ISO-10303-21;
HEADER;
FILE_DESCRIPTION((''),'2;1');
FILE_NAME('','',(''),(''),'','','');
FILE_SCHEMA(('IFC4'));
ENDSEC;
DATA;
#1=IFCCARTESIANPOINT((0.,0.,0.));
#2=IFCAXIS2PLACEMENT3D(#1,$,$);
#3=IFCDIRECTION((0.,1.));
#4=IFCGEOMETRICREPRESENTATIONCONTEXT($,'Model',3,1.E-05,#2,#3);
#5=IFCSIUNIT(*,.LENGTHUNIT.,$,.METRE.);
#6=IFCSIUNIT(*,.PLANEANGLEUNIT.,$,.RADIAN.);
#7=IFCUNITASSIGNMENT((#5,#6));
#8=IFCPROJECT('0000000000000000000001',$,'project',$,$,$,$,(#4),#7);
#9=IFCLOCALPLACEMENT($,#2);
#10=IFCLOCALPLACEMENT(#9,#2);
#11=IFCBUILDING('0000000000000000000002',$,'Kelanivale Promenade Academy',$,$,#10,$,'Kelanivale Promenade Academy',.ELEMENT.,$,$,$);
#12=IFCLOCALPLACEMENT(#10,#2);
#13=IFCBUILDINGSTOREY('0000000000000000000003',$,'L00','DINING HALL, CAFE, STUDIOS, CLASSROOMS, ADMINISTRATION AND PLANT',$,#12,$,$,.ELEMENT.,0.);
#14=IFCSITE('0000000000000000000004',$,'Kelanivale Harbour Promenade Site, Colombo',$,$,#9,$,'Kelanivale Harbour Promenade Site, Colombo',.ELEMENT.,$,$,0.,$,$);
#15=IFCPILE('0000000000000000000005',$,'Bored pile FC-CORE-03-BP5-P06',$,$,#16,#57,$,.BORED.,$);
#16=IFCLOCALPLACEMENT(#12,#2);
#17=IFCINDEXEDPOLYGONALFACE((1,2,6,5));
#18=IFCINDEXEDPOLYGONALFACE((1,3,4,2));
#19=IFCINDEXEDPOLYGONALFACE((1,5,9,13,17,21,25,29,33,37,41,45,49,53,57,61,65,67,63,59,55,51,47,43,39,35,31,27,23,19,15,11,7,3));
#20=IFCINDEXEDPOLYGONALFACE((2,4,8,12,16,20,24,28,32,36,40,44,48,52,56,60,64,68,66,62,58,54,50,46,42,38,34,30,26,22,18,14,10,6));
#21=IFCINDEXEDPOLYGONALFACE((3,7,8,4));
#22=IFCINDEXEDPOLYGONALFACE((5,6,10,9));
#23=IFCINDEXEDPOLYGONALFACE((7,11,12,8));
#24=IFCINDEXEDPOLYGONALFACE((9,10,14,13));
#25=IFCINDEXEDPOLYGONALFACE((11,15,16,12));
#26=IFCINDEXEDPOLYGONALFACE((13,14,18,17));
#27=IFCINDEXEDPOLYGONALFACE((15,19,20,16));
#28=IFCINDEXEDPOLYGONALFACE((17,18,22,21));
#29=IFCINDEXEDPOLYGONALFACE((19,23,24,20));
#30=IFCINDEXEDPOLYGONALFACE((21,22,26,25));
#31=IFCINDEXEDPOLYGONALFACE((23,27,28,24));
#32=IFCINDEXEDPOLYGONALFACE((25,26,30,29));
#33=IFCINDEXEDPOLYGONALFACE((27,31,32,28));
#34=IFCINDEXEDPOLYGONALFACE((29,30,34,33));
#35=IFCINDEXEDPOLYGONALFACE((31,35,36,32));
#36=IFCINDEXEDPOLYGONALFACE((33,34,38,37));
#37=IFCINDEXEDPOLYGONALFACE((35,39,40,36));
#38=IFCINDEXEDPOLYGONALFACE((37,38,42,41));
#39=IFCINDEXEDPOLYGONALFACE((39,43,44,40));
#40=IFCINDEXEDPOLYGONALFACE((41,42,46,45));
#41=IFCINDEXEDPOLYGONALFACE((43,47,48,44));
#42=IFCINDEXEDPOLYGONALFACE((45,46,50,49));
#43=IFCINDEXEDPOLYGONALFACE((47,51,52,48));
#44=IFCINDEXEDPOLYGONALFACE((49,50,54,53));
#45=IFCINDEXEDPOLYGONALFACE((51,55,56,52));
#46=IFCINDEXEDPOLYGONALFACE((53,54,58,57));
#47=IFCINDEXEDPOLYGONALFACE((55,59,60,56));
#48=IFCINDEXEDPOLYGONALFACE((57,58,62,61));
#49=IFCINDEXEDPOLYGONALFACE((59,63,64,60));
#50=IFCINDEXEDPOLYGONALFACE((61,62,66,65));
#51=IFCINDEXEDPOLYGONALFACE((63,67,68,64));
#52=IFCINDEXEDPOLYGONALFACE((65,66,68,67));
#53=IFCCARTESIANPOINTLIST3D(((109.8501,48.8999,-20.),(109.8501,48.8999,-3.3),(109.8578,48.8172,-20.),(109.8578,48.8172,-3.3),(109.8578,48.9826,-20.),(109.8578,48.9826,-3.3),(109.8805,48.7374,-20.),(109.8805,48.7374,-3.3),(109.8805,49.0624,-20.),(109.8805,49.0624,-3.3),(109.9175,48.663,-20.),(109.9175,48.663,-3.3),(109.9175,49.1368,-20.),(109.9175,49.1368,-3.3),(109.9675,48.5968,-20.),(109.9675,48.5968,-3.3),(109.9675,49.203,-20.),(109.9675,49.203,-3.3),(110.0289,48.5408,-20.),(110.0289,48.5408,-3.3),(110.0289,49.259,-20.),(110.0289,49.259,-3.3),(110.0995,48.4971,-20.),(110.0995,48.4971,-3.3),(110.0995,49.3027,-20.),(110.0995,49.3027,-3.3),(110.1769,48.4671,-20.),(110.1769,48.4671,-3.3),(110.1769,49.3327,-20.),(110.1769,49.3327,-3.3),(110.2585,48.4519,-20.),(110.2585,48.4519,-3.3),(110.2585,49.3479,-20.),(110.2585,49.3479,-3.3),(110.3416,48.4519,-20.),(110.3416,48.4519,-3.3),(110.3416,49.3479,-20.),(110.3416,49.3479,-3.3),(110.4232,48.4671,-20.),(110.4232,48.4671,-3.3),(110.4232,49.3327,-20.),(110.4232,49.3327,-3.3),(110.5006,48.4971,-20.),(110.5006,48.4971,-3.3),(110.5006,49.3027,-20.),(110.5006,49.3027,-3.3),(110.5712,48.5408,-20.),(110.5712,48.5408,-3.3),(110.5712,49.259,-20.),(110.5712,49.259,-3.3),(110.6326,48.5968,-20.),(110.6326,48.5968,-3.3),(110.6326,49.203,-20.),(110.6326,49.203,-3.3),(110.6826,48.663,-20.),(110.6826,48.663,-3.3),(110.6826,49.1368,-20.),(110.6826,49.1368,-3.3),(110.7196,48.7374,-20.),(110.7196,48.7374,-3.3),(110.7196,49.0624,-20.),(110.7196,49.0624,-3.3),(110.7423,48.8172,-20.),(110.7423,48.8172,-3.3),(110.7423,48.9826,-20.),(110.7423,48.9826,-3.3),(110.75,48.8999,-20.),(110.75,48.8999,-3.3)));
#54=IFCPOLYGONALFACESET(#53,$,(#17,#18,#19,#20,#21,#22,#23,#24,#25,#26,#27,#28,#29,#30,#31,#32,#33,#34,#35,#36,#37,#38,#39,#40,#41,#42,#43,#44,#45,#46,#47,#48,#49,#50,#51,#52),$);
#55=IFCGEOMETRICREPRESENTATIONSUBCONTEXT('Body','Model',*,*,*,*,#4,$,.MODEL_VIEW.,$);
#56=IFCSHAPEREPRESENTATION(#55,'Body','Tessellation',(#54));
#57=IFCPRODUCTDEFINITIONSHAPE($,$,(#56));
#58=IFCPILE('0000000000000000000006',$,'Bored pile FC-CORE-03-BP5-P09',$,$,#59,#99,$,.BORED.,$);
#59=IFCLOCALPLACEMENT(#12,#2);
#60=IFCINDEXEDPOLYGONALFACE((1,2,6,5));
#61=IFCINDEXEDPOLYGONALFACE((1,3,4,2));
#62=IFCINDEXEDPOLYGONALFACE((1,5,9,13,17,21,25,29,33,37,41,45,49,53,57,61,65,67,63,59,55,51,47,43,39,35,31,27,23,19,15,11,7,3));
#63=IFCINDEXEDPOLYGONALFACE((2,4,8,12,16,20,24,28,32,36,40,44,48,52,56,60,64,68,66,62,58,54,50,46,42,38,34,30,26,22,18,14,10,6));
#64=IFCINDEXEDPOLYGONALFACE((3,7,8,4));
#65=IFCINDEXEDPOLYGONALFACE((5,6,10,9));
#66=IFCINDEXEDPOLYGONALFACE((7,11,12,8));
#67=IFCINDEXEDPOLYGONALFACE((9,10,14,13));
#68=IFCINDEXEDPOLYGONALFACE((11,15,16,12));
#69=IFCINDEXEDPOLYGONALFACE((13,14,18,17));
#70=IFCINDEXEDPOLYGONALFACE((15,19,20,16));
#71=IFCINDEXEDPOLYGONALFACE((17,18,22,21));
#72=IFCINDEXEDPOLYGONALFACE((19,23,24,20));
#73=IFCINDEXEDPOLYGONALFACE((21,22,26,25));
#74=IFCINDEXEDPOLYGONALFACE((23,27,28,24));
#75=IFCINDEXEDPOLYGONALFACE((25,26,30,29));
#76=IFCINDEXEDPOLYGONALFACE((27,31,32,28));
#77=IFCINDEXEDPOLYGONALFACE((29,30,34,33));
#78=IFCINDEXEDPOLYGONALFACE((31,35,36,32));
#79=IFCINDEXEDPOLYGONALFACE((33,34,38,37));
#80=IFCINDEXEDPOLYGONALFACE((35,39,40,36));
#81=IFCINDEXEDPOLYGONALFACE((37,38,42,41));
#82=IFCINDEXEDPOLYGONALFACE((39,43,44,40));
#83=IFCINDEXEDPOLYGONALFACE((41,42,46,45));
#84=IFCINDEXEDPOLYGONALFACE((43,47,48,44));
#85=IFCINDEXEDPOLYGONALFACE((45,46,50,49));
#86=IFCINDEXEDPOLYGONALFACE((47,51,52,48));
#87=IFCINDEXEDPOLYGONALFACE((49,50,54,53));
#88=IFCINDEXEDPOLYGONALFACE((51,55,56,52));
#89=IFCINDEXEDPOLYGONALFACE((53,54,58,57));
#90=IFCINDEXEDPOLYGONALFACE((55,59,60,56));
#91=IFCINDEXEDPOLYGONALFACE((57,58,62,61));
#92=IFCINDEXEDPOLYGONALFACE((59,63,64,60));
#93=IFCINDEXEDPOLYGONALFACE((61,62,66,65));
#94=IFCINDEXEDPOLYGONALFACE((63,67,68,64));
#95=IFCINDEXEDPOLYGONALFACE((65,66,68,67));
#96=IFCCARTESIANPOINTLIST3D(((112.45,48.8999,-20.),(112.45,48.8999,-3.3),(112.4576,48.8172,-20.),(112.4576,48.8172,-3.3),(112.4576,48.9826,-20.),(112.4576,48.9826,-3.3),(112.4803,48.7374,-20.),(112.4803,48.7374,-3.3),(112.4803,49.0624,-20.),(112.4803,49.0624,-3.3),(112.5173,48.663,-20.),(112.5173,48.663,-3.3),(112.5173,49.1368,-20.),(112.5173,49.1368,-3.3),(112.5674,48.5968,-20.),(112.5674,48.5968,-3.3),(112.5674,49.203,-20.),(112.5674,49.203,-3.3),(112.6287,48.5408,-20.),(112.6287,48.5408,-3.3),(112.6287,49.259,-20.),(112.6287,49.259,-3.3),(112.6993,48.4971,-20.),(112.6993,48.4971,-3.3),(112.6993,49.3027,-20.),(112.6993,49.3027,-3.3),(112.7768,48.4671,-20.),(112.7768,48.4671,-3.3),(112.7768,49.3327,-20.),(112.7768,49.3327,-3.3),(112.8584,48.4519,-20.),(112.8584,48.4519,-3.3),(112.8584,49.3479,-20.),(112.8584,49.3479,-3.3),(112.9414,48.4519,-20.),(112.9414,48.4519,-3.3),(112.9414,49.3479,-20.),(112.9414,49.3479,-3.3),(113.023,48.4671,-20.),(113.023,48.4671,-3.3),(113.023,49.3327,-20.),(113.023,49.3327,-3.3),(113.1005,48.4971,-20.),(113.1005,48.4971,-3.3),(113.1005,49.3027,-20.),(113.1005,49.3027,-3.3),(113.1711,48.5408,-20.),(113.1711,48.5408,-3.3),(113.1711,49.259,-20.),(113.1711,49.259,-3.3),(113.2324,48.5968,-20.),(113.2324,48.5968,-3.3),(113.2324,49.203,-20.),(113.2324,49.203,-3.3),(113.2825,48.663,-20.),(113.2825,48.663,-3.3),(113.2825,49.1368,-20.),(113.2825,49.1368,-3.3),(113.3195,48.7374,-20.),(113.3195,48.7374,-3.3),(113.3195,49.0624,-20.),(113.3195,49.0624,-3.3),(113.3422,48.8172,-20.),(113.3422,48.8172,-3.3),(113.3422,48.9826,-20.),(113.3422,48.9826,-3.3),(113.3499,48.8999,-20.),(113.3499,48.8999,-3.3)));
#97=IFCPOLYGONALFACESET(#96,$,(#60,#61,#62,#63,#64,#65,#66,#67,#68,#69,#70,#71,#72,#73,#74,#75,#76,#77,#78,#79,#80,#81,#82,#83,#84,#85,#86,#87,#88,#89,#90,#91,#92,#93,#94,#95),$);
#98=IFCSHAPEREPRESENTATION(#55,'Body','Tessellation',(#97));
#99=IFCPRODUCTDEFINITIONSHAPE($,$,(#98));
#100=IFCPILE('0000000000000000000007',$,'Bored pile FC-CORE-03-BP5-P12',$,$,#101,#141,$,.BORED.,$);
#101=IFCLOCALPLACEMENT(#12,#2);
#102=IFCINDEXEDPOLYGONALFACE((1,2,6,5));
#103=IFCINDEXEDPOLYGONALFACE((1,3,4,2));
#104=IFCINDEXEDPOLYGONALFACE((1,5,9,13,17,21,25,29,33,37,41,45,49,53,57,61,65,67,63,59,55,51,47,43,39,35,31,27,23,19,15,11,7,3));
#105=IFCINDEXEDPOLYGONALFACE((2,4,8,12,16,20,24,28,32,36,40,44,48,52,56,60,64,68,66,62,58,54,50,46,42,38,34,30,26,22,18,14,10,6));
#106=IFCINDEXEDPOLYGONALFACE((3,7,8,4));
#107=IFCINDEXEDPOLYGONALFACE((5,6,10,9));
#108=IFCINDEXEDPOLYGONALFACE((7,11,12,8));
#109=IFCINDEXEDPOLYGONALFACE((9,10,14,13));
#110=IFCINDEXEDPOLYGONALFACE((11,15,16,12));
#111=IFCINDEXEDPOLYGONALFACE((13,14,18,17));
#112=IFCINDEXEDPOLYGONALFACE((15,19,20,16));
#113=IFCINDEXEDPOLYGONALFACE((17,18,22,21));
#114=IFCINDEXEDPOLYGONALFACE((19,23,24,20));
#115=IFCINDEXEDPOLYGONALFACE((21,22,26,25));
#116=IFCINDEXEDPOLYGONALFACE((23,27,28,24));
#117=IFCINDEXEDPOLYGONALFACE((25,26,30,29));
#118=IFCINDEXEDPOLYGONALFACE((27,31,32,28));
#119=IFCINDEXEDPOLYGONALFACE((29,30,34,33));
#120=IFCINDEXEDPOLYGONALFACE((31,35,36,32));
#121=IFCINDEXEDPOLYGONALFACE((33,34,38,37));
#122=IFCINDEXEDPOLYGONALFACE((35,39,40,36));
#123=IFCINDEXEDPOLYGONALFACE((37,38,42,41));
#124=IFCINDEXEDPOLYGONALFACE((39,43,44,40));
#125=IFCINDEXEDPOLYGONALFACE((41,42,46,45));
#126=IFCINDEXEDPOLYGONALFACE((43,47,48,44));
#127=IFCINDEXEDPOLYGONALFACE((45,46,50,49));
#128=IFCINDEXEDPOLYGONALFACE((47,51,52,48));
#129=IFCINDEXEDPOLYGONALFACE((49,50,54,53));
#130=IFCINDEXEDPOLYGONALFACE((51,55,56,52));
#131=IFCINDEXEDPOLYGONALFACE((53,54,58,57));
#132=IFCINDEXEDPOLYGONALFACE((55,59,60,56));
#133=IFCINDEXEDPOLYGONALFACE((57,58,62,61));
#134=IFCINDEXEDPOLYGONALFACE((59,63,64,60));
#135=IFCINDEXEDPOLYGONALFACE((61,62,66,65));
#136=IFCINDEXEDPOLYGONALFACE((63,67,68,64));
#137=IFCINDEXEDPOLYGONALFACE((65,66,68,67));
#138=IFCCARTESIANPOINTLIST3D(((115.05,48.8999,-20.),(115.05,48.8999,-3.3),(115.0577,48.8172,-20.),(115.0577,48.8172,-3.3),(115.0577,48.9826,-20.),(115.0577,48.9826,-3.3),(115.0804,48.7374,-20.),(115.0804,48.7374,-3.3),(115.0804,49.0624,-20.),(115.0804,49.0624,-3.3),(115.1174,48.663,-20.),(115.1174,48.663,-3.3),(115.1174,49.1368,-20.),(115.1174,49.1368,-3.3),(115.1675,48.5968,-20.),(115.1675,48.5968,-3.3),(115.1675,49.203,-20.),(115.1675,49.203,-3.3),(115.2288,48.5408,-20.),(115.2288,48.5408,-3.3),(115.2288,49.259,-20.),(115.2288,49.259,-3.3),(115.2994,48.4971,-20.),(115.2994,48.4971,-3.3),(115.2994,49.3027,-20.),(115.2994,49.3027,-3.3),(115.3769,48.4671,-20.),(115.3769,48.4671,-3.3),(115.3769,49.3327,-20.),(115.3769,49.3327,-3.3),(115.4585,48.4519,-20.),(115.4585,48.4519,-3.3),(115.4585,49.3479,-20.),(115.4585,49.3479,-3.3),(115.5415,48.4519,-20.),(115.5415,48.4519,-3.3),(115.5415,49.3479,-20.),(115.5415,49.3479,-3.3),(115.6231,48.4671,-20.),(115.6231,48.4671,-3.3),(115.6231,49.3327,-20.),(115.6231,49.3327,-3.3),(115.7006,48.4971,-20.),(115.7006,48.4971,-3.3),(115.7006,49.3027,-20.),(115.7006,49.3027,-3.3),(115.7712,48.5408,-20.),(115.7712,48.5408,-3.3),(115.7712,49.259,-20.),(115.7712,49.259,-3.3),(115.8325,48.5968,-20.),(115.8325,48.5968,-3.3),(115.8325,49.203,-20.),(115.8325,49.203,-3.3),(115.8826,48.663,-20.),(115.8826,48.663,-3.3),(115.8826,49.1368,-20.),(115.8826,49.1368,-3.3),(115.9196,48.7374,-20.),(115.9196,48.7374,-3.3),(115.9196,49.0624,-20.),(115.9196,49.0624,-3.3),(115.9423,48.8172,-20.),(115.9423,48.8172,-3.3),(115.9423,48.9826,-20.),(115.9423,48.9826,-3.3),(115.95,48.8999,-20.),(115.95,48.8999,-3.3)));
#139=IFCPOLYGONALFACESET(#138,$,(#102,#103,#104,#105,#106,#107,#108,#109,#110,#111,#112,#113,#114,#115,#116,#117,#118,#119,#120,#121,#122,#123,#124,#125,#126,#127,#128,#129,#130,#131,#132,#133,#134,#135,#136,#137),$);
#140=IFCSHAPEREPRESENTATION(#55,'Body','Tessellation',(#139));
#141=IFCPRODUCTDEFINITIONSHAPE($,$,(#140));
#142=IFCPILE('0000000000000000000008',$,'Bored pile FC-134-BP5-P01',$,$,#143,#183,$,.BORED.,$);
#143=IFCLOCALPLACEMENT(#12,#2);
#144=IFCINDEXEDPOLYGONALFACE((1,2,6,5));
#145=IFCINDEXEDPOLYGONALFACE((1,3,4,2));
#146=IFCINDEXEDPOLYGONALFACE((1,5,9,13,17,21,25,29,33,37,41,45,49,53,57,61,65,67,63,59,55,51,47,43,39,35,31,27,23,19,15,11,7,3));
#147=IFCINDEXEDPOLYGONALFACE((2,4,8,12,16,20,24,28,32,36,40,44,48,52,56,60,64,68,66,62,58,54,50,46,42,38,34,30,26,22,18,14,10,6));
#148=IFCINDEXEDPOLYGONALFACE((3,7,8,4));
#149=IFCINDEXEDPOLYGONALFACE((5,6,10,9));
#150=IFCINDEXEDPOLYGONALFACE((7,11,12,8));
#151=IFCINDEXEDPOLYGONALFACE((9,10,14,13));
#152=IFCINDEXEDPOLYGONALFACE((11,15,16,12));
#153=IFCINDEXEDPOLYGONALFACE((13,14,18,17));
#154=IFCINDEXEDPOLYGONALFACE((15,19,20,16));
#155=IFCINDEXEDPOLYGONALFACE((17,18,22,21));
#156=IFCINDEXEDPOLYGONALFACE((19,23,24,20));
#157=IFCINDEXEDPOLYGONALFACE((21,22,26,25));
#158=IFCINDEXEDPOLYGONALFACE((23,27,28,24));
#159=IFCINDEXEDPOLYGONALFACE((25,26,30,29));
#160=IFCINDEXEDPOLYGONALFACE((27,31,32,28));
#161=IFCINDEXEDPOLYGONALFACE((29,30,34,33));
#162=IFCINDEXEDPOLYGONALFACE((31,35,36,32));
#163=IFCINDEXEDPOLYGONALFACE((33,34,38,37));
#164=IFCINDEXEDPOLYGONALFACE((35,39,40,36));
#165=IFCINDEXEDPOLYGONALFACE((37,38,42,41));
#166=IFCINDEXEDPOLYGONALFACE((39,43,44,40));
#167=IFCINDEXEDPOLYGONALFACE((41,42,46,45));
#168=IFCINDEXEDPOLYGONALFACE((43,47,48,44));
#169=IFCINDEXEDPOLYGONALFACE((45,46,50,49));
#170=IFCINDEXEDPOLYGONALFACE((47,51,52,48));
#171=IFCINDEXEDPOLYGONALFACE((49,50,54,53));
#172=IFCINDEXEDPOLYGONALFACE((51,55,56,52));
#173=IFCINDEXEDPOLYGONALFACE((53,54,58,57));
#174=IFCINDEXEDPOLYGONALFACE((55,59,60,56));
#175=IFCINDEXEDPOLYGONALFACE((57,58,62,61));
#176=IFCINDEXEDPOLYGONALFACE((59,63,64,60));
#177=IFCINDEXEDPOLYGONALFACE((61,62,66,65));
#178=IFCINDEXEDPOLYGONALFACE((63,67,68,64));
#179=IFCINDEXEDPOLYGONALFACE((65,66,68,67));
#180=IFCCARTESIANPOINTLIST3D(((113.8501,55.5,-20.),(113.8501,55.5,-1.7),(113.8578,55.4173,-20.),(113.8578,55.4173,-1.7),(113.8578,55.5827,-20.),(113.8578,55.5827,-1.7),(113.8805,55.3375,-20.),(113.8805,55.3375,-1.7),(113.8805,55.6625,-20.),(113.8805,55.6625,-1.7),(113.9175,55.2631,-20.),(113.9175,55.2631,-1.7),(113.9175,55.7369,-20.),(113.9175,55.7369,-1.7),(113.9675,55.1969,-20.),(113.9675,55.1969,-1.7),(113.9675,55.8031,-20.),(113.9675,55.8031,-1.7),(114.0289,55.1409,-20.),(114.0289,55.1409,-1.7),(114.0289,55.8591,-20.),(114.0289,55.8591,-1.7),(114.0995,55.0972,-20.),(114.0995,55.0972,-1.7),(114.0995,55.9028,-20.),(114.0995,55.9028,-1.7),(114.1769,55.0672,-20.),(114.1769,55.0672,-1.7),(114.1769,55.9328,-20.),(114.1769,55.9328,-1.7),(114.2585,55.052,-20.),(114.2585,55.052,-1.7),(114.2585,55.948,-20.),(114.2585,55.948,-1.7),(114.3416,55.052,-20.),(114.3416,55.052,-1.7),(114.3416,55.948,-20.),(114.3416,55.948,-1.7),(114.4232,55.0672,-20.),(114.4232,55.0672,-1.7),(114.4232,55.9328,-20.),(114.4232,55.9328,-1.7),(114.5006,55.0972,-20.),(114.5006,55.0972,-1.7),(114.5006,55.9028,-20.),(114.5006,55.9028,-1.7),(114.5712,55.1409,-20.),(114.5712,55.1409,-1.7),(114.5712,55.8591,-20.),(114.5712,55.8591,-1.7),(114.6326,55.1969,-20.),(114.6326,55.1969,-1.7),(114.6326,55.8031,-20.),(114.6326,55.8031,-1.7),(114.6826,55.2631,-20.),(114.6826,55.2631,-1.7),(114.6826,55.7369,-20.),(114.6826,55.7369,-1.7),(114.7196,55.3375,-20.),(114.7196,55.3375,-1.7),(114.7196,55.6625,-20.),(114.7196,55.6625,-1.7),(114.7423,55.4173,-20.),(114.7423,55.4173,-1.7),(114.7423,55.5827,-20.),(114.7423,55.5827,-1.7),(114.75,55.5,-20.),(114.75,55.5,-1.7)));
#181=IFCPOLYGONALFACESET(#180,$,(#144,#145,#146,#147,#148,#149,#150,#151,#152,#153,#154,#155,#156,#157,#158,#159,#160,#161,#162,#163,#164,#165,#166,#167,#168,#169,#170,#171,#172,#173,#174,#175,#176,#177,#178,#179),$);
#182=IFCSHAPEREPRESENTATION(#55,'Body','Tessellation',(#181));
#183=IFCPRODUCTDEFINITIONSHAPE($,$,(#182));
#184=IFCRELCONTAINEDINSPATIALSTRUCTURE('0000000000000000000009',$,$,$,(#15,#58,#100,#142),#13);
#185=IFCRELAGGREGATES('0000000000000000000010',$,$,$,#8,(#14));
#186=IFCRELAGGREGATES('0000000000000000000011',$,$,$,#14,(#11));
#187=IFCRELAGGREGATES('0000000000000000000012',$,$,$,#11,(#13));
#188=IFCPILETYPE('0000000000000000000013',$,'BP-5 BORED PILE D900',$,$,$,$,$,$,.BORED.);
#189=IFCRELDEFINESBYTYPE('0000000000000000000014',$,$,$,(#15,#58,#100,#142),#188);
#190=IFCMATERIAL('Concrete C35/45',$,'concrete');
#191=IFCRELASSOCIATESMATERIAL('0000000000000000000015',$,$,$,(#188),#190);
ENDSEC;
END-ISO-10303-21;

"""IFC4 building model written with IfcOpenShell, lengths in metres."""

from ifc_helpers import new_model, si_unit, direction, frame, origin, origin_2d, place, context, subcontext, project, spatial, circle, extrude, material, material_profile, profile_set, type_object, element, save


model = new_model("IFC4")

# Units and contexts
model_context = context("Model", 3, precision=1e-05, world=origin(), true_north=direction((0.0, 1.0)))
body_context = subcontext(model_context, "Body", "Model", "MODEL_VIEW")
ifc_project = project(units=[si_unit("LENGTHUNIT", "METRE"), si_unit("PLANEANGLEUNIT", "RADIAN")], contexts=[model_context])

# Site, building, storey
site_placement = place(None, origin())
site = spatial("IfcSite", under=ifc_project, at=site_placement, Name="Kelanivale Harbour Promenade Site, Colombo", LongName="Kelanivale Harbour Promenade Site, Colombo", CompositionType="ELEMENT", RefElevation=0.0)
building_placement = place(site_placement, origin())
building = spatial("IfcBuilding", under=site, at=building_placement, Name="Kelanivale Promenade Academy", LongName="Kelanivale Promenade Academy", CompositionType="ELEMENT")
storey_placement = place(building_placement, origin())
storey = spatial("IfcBuildingStorey", under=building, at=storey_placement, Name="L00", Description="DINING HALL, CAFE, STUDIOS, CLASSROOMS, ADMINISTRATION AND PLANT", CompositionType="ELEMENT", Elevation=0.0)

# Piles
ifc_material_1 = material(Name="Concrete C35/45", Category="concrete")
ifc_material_profile_1 = material_profile(ifc_material_1, circle(Radius=0.45, at=origin_2d()), Name="BORED PILE D900")
ifc_profile_set_1 = profile_set([ifc_material_profile_1], Name="Concrete C35/45")
pile_type_1 = type_object("IfcPileType", Name="BP-5 BORED PILE D900", PredefinedType="BORED", material=ifc_profile_set_1)
for number, where, z_axis, x_axis, name in (
    (1, (110.3, 48.8999, -3.3), (0.0, 0.0, -1.0), (1.0, 0.0, 0.0), "Bored pile FC-CORE-03-BP5-P06"),
    (2, (112.8999, 48.8999, -3.3), (0.0, 0.0, -1.0), (1.0, 0.0, 0.0), "Bored pile FC-CORE-03-BP5-P09"),
    (3, (115.5, 48.8999, -3.3), (0.0, 0.0, -1.0), (1.0, 0.0, 0.0), "Bored pile FC-CORE-03-BP5-P12"),
):
    element("IfcPile", number, at=place(storey_placement, frame(where, z_axis=z_axis, x_axis=x_axis)), inside=storey, type_object=pile_type_1, Name=name, PredefinedType="BORED", context=body_context, shape_type="SweptSolid", body=[
        extrude(circle(Radius=0.45, at=origin_2d()), origin(), (0.0, 0.0, 1.0), 16.7),
    ])
for number, where, z_axis, x_axis, name in (
    (4, (114.3, 55.5, -1.7), (0.0, 0.0, -1.0), (1.0, 0.0, 0.0), "Bored pile FC-134-BP5-P01"),
):
    element("IfcPile", number, at=place(storey_placement, frame(where, z_axis=z_axis, x_axis=x_axis)), inside=storey, type_object=pile_type_1, Name=name, PredefinedType="BORED", context=body_context, shape_type="SweptSolid", body=[
        extrude(circle(Radius=0.45, at=origin_2d()), origin(), (0.0, 0.0, 1.0), 18.3),
    ])

save(model, "model.ifc")
